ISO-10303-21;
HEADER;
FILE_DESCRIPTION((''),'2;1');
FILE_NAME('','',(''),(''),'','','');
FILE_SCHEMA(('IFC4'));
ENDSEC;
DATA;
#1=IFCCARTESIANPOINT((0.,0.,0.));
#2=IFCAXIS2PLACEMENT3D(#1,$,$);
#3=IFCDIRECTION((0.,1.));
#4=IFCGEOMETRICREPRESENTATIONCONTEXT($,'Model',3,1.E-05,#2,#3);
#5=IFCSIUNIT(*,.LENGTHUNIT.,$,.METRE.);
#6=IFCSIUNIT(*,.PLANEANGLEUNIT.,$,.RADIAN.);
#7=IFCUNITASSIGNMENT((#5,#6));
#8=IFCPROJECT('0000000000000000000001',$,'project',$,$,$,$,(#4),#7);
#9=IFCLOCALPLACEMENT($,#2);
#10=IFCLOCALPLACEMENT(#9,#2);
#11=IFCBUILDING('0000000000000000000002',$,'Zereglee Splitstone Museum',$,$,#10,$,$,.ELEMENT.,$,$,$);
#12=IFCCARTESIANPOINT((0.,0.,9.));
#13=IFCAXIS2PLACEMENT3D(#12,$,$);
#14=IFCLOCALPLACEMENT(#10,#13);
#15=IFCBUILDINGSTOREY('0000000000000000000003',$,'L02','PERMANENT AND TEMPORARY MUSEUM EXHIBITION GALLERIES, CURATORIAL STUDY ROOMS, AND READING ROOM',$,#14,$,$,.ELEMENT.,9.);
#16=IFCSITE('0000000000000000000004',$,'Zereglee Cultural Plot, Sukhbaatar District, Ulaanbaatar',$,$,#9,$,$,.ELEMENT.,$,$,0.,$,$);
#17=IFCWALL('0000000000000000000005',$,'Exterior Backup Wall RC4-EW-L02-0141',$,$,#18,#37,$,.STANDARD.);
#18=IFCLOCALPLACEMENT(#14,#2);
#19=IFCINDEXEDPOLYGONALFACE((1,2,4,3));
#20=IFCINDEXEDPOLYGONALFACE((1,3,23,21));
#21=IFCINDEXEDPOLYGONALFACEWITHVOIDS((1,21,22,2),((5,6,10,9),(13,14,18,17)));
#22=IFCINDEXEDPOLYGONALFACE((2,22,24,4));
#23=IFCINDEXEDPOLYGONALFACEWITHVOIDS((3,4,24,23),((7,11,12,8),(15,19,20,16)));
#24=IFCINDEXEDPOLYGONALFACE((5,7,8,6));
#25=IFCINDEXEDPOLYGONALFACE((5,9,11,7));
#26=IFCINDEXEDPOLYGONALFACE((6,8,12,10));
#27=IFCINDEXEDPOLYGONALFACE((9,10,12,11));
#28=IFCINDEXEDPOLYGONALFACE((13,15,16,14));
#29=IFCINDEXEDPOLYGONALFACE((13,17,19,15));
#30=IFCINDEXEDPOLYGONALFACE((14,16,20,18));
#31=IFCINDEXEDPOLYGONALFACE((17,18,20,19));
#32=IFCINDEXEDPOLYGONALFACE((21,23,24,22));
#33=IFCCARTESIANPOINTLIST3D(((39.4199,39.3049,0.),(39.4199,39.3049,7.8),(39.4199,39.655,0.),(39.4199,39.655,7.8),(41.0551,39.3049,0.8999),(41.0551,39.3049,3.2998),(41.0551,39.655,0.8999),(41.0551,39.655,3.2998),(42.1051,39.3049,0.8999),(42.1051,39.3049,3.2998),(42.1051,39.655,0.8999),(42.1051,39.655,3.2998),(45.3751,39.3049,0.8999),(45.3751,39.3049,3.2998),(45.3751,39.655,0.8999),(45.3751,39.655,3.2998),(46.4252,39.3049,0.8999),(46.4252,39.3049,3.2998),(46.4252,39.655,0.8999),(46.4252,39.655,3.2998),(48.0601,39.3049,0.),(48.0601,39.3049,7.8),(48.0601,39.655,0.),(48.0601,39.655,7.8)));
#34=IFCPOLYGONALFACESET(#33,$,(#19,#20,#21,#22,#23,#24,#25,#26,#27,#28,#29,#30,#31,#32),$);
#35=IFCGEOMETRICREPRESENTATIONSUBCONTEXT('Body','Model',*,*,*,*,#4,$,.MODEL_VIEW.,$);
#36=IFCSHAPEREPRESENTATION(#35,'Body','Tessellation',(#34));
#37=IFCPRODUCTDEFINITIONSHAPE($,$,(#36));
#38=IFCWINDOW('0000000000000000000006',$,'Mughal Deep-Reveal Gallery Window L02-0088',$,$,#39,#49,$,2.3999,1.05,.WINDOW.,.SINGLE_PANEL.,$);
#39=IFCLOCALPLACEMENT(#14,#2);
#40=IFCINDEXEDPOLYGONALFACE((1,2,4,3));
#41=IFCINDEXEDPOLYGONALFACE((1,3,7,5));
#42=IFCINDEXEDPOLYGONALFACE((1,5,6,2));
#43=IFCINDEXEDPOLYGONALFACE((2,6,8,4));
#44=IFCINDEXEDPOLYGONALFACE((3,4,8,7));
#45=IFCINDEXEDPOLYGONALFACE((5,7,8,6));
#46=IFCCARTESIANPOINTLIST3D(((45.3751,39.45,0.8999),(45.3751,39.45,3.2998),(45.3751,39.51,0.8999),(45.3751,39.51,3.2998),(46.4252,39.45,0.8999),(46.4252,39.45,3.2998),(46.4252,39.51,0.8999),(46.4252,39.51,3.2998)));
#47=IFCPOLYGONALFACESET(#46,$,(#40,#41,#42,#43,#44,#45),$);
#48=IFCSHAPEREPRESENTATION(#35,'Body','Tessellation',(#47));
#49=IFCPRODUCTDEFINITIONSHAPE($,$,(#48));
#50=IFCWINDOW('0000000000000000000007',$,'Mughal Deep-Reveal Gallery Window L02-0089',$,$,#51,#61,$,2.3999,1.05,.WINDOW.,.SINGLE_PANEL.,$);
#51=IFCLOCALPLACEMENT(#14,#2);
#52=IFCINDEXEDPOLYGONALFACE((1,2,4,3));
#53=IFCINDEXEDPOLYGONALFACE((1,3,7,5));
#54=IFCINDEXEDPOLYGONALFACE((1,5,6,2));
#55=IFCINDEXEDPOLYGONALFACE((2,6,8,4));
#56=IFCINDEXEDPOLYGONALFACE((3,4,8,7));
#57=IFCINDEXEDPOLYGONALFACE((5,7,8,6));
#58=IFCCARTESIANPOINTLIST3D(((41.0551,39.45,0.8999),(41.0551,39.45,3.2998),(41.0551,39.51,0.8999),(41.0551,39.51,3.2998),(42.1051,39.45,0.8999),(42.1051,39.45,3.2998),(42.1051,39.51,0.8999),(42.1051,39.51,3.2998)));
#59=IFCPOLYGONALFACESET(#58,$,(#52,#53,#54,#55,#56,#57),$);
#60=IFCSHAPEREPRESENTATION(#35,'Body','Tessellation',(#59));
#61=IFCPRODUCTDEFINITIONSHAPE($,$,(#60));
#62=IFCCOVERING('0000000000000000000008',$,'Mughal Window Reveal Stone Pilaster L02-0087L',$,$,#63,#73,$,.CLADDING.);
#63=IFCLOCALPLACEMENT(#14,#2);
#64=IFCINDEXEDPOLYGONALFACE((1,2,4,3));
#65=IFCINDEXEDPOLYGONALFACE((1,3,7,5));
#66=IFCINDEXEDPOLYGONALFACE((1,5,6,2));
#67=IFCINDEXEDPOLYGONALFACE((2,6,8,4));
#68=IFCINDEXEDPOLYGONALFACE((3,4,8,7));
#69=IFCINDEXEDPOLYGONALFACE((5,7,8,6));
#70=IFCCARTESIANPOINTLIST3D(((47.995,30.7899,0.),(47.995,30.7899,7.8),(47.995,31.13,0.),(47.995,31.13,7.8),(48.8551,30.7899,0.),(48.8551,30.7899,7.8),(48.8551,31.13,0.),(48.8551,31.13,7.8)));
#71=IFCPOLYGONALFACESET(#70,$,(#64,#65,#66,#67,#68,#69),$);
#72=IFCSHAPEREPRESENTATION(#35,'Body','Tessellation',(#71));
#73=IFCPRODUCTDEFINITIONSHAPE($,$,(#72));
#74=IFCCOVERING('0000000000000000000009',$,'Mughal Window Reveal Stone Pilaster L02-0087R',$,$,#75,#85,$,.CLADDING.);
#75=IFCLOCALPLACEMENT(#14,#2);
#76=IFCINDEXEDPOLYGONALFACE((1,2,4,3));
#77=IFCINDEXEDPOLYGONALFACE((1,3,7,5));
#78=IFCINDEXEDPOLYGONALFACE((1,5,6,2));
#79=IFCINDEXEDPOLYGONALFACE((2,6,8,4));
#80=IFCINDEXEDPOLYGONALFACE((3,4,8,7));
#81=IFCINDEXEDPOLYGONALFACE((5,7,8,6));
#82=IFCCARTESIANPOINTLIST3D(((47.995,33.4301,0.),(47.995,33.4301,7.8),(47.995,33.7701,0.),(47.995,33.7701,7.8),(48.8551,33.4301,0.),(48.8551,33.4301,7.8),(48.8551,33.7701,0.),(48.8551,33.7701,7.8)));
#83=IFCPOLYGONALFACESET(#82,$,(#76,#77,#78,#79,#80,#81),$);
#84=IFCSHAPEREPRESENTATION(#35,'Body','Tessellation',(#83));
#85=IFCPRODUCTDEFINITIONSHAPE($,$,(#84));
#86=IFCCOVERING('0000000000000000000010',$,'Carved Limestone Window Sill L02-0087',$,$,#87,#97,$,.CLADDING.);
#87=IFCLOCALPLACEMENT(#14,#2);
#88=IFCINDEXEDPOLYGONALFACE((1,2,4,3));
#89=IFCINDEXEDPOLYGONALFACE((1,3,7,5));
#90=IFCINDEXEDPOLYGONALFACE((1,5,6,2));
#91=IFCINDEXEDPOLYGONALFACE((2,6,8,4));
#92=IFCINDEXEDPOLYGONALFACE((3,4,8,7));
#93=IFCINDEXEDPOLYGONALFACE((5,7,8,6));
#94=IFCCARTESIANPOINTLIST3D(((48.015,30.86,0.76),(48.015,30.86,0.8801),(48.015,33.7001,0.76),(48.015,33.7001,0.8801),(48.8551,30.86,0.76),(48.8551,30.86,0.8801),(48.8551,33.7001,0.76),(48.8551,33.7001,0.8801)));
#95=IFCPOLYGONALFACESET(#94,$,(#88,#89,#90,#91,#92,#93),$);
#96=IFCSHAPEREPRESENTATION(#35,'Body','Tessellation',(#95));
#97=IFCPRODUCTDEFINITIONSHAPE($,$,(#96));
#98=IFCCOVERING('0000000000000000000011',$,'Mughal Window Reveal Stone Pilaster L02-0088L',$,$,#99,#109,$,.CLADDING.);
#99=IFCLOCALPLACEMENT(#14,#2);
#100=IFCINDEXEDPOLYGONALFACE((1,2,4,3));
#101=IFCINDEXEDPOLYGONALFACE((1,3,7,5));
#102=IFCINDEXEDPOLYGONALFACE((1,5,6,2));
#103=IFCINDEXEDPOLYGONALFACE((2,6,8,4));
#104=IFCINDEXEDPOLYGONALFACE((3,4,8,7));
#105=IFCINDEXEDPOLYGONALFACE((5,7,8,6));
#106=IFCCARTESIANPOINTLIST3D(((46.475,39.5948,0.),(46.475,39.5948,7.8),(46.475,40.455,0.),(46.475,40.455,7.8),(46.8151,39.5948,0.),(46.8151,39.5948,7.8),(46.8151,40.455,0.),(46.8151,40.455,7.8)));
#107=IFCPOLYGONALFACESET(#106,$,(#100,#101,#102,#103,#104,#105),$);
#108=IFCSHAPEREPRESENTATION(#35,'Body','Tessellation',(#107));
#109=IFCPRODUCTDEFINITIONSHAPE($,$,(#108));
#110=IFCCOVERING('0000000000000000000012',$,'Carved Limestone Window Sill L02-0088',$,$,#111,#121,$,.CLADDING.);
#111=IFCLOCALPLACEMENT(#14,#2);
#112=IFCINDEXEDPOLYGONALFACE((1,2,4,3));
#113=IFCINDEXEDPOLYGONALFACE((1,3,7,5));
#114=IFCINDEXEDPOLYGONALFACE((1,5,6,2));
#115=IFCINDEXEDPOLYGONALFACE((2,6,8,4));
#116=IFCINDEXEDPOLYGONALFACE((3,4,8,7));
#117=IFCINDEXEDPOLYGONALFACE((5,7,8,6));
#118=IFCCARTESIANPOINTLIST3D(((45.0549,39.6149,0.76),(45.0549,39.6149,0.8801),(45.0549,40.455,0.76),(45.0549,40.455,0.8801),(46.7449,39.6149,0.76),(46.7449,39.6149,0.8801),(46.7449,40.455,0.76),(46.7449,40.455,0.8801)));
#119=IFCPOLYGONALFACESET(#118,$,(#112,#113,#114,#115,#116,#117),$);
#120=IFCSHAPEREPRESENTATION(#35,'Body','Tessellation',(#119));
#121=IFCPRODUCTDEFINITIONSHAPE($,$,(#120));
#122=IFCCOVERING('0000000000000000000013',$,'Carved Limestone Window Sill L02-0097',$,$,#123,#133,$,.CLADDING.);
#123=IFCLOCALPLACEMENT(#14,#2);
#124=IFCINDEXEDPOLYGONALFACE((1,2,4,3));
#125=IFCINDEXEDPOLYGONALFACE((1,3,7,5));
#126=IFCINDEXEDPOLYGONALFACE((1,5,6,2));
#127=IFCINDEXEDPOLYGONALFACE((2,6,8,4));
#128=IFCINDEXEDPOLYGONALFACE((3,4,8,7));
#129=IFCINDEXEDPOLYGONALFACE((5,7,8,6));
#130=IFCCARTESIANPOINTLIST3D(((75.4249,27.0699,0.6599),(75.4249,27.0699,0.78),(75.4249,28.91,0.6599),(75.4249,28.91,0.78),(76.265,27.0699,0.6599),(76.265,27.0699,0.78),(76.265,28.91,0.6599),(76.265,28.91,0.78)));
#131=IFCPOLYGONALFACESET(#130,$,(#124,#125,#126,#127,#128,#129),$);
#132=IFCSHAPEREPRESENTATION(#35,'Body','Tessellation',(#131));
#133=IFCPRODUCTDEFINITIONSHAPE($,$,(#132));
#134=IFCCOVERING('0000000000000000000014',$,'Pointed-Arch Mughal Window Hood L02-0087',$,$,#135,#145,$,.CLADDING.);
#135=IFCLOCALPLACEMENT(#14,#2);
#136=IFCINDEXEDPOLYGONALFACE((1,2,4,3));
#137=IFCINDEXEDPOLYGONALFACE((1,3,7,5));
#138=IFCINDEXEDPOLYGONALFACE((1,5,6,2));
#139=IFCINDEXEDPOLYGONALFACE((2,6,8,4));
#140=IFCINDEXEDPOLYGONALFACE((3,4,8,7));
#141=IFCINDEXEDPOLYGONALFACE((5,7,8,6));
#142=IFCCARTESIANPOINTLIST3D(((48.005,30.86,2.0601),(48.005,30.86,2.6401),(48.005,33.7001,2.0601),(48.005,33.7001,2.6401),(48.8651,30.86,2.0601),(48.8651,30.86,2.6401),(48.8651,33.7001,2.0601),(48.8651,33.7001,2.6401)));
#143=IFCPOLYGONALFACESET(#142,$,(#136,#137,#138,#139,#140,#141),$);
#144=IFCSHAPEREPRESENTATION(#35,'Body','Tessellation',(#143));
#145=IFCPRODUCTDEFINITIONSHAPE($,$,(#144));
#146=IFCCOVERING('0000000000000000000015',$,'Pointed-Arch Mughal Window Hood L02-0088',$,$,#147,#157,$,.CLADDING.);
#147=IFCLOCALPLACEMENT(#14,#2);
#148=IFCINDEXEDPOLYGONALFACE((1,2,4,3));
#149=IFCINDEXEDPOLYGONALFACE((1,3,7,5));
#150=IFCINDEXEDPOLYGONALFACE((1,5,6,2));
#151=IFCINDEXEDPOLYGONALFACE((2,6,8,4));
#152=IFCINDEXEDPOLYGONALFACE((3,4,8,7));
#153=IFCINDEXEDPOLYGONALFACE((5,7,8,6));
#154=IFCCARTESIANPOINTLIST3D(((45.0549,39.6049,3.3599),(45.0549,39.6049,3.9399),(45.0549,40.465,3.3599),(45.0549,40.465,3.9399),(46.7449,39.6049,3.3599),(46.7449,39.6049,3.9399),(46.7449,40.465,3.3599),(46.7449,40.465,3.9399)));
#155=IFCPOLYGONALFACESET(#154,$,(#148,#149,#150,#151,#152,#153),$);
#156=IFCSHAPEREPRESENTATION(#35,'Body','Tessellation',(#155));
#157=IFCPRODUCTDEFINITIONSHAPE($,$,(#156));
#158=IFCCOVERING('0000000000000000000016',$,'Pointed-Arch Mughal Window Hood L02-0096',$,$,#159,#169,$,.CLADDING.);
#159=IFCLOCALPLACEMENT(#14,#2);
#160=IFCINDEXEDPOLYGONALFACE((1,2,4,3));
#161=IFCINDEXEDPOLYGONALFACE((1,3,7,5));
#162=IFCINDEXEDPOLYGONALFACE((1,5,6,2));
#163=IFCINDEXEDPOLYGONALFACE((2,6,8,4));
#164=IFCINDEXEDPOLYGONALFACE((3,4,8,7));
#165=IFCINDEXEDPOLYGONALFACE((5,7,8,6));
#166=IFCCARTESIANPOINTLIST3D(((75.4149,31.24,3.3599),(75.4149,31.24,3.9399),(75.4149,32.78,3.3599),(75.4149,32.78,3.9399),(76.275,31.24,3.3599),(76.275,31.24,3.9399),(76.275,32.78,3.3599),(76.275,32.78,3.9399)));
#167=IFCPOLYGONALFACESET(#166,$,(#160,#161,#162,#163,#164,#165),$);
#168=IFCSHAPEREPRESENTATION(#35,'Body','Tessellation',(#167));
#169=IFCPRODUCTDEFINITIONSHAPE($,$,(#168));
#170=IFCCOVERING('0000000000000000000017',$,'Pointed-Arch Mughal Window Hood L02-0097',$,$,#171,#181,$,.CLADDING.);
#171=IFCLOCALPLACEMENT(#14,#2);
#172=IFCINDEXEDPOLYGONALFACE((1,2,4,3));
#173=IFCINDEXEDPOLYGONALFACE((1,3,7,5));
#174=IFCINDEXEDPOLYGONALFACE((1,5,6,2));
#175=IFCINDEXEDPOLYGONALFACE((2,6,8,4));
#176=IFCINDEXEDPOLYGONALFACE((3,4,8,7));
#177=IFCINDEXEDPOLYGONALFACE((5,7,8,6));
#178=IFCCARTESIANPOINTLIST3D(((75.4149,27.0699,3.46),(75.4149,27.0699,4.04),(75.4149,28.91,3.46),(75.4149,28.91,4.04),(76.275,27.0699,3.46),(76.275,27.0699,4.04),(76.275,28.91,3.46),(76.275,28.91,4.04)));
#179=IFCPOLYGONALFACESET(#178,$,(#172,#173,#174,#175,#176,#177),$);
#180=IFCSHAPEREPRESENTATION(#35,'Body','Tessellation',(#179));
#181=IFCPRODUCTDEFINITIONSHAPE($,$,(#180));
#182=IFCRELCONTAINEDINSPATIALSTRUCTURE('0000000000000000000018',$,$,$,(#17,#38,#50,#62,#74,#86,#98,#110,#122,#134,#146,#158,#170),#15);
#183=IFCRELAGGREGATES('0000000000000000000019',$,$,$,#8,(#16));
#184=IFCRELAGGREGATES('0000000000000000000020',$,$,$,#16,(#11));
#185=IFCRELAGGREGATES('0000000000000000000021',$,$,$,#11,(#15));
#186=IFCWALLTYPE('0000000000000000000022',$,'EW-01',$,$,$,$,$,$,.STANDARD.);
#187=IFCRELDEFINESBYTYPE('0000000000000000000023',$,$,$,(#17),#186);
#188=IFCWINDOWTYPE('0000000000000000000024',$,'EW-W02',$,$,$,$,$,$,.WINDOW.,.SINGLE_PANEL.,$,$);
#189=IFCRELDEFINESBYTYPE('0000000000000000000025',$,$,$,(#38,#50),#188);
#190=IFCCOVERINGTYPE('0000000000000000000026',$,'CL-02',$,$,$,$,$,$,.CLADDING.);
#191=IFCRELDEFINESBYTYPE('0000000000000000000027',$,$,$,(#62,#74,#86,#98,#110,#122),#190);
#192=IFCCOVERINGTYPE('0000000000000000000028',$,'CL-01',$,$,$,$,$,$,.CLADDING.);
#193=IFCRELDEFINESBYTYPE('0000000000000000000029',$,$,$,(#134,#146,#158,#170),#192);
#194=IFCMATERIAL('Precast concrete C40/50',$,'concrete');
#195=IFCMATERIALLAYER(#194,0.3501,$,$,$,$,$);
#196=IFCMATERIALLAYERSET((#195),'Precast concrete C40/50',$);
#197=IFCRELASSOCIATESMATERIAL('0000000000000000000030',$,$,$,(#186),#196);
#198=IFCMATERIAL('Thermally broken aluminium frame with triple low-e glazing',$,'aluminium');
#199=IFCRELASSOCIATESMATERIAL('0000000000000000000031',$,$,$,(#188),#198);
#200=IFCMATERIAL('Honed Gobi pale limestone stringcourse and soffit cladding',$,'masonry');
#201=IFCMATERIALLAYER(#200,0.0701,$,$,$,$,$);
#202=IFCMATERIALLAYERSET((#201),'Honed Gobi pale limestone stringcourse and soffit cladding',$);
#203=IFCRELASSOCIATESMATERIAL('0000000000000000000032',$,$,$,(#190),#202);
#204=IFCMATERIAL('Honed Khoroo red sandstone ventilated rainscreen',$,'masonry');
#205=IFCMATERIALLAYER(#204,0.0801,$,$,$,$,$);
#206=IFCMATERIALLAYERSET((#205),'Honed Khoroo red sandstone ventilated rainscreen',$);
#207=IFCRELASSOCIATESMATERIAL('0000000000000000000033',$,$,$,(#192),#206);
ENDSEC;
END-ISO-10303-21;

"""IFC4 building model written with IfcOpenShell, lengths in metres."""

from ifc_helpers import new_model, si_unit, direction, frame, frame_2d, origin, origin_2d, place, context, subcontext, project, spatial, rectangle, extrude, material, layer, layer_set, type_object, element, fill, save


model = new_model("IFC4")

# Units and contexts
model_context = context("Model", 3, precision=1e-05, world=origin(), true_north=direction((0.0, 1.0)))
body_context = subcontext(model_context, "Body", "Model", "MODEL_VIEW")
ifc_project = project(units=[si_unit("LENGTHUNIT", "METRE"), si_unit("PLANEANGLEUNIT", "RADIAN")], contexts=[model_context])

# Site, building, storey
site_placement = place(None, origin())
site = spatial("IfcSite", under=ifc_project, at=site_placement, Name="Zereglee Cultural Plot, Sukhbaatar District, Ulaanbaatar", CompositionType="ELEMENT", RefElevation=0.0)
building_placement = place(site_placement, origin())
building = spatial("IfcBuilding", under=site, at=building_placement, Name="Zereglee Splitstone Museum", CompositionType="ELEMENT")
storey_placement = place(building_placement, frame((0.0, 0.0, 9.0)))
storey = spatial("IfcBuildingStorey", under=building, at=storey_placement, Name="L02", Description="PERMANENT AND TEMPORARY MUSEUM EXHIBITION GALLERIES, CURATORIAL STUDY ROOMS, AND READING ROOM", CompositionType="ELEMENT", Elevation=9.0)

# Shared definitions
ifc_material_1 = material(Name="Precast concrete C40/50", Category="concrete")
ifc_layer_1 = layer(ifc_material_1, 0.3501)
ifc_layer_set_1 = layer_set([ifc_layer_1], Name="Precast concrete C40/50")
wall_type = type_object("IfcWallType", Name="EW-01", PredefinedType="STANDARD", material=ifc_layer_set_1)
ifc_material_2 = material(Name="Thermally broken aluminium frame with triple low-e glazing", Category="aluminium")

# Wall, openings, windows
wall_1_placement = place(storey_placement, frame((48.0601, 39.48, 0.0), z_axis=(0.0, 0.0, 1.0), x_axis=(-1.0, 0.0, 0.0)))
wall_1 = element("IfcWall", 1, at=wall_1_placement, inside=storey, type_object=wall_type, Name="Exterior Backup Wall RC4-EW-L02-0141", PredefinedType="STANDARD", context=body_context, shape_type="SweptSolid", body=[
    extrude(rectangle(XDim=8.6401, YDim=0.3501, at=frame_2d((4.3201, 0.0))), origin(), (0.0, 0.0, 1.0), 7.8),
])
opening_1_placement = place(wall_1_placement, frame((1.635, 0.0, 0.8999)))
opening_1 = element("IfcOpeningElement", 2, at=opening_1_placement, cuts=wall_1, PredefinedType="OPENING", context=body_context, shape_type="SweptSolid", body=[
    extrude(rectangle(XDim=1.05, YDim=2.3999, at=frame_2d((0.5249, 1.2))), frame((0.0, 0.1899, 0.0), z_axis=(0.0, -1.0, 0.0), x_axis=(1.0, 0.0, 0.0)), (0.0, 0.0, 1.0), 0.3799),
])
opening_2_placement = place(wall_1_placement, frame((5.9551, 0.0, 0.8999)))
opening_2 = element("IfcOpeningElement", 3, at=opening_2_placement, cuts=wall_1, PredefinedType="OPENING", context=body_context, shape_type="SweptSolid", body=[
    extrude(rectangle(XDim=1.05, YDim=2.3999, at=frame_2d((0.5249, 1.2))), frame((0.0, 0.1899, 0.0), z_axis=(0.0, -1.0, 0.0), x_axis=(1.0, 0.0, 0.0)), (0.0, 0.0, 1.0), 0.3799),
])
window_type_1 = type_object("IfcWindowType", Name="EW-W02", PartitioningType="SINGLE_PANEL", PredefinedType="WINDOW", material=ifc_material_2)
window_1_placement = place(opening_1_placement, origin())
window_1 = element("IfcWindow", 4, at=window_1_placement, inside=storey, type_object=window_type_1, Name="Mughal Deep-Reveal Gallery Window L02-0088", OverallHeight=2.3999, OverallWidth=1.05, PartitioningType="SINGLE_PANEL", PredefinedType="WINDOW", context=body_context, shape_type="SweptSolid", body=[
    extrude(rectangle(XDim=1.05, YDim=2.3999, at=frame_2d((0.5249, 1.2))), frame((0.0, 0.03, 0.0), z_axis=(0.0, -1.0, 0.0), x_axis=(1.0, 0.0, 0.0)), (0.0, 0.0, 1.0), 0.0601),
])
fill(opening_1, window_1)
window_2_placement = place(opening_2_placement, origin())
window_2 = element("IfcWindow", 5, at=window_2_placement, inside=storey, type_object=window_type_1, Name="Mughal Deep-Reveal Gallery Window L02-0089", OverallHeight=2.3999, OverallWidth=1.05, PartitioningType="SINGLE_PANEL", PredefinedType="WINDOW", context=body_context, shape_type="SweptSolid", body=[
    extrude(rectangle(XDim=1.05, YDim=2.3999, at=frame_2d((0.5249, 1.2))), frame((0.0, 0.03, 0.0), z_axis=(0.0, -1.0, 0.0), x_axis=(1.0, 0.0, 0.0)), (0.0, 0.0, 1.0), 0.0601),
])
fill(opening_2, window_2)

# Coverings
ifc_material_3 = material(Name="Honed Gobi pale limestone stringcourse and soffit cladding", Category="masonry")
ifc_layer_2 = layer(ifc_material_3, 0.0701)
ifc_layer_set_2 = layer_set([ifc_layer_2], Name="Honed Gobi pale limestone stringcourse and soffit cladding")
covering_type_1 = type_object("IfcCoveringType", Name="CL-02", PredefinedType="CLADDING", material=ifc_layer_set_2)
for number, where, z_axis, x_axis, name in (
    (6, (48.425, 30.96, 0.0), (0.0, 0.0, 1.0), (0.0, 1.0, 0.0), "Mughal Window Reveal Stone Pilaster L02-0087L"),
    (7, (48.425, 33.6001, 0.0), (0.0, 0.0, 1.0), (0.0, 1.0, 0.0), "Mughal Window Reveal Stone Pilaster L02-0087R"),
):
    element("IfcCovering", number, at=place(storey_placement, frame(where, z_axis=z_axis, x_axis=x_axis)), inside=storey, type_object=covering_type_1, Name=name, PredefinedType="CLADDING", context=body_context, shape_type="SweptSolid", body=[
        extrude(rectangle(XDim=0.3401, YDim=0.8601, at=origin_2d()), origin(), (0.0, 0.0, 1.0), 7.8),
    ])
covering_1_placement = place(storey_placement, frame((48.4351, 32.28, 0.76), z_axis=(0.0, 0.0, 1.0), x_axis=(0.0, 1.0, 0.0)))
element("IfcCovering", 8, at=covering_1_placement, inside=storey, type_object=covering_type_1, Name="Carved Limestone Window Sill L02-0087", PredefinedType="CLADDING", context=body_context, shape_type="SweptSolid", body=[
    extrude(rectangle(XDim=2.8401, YDim=0.8401, at=origin_2d()), origin(), (0.0, 0.0, 1.0), 0.1201),
])
covering_2_placement = place(storey_placement, frame((46.645, 40.0249, 0.0), z_axis=(0.0, 0.0, 1.0), x_axis=(-1.0, 0.0, 0.0)))
element("IfcCovering", 9, at=covering_2_placement, inside=storey, type_object=covering_type_1, Name="Mughal Window Reveal Stone Pilaster L02-0088L", PredefinedType="CLADDING", context=body_context, shape_type="SweptSolid", body=[
    extrude(rectangle(XDim=0.3401, YDim=0.8601, at=origin_2d()), origin(), (0.0, 0.0, 1.0), 7.8),
])
covering_3_placement = place(storey_placement, frame((45.8999, 40.0349, 0.76), z_axis=(0.0, 0.0, 1.0), x_axis=(-1.0, 0.0, 0.0)))
element("IfcCovering", 10, at=covering_3_placement, inside=storey, type_object=covering_type_1, Name="Carved Limestone Window Sill L02-0088", PredefinedType="CLADDING", context=body_context, shape_type="SweptSolid", body=[
    extrude(rectangle(XDim=1.6899, YDim=0.8401, at=origin_2d()), origin(), (0.0, 0.0, 1.0), 0.1201),
])
covering_4_placement = place(storey_placement, frame((75.845, 27.99, 0.6599), z_axis=(0.0, 0.0, 1.0), x_axis=(0.0, -1.0, 0.0)))
element("IfcCovering", 11, at=covering_4_placement, inside=storey, type_object=covering_type_1, Name="Carved Limestone Window Sill L02-0097", PredefinedType="CLADDING", context=body_context, shape_type="SweptSolid", body=[
    extrude(rectangle(XDim=1.8401, YDim=0.8401, at=origin_2d()), origin(), (0.0, 0.0, 1.0), 0.1201),
])
ifc_material_4 = material(Name="Honed Khoroo red sandstone ventilated rainscreen", Category="masonry")
ifc_layer_3 = layer(ifc_material_4, 0.0801)
ifc_layer_set_3 = layer_set([ifc_layer_3], Name="Honed Khoroo red sandstone ventilated rainscreen")
covering_type_2 = type_object("IfcCoveringType", Name="CL-01", PredefinedType="CLADDING", material=ifc_layer_set_3)
covering_5_placement = place(storey_placement, frame((48.4351, 32.28, 2.0601), z_axis=(0.0, 0.0, 1.0), x_axis=(0.0, 1.0, 0.0)))
element("IfcCovering", 12, at=covering_5_placement, inside=storey, type_object=covering_type_2, Name="Pointed-Arch Mughal Window Hood L02-0087", PredefinedType="CLADDING", context=body_context, shape_type="SweptSolid", body=[
    extrude(rectangle(XDim=2.8401, YDim=0.8601, at=origin_2d()), origin(), (0.0, 0.0, 1.0), 0.5801),
])
covering_6_placement = place(storey_placement, frame((45.8999, 40.0349, 3.3599), z_axis=(0.0, 0.0, 1.0), x_axis=(-1.0, 0.0, 0.0)))
element("IfcCovering", 13, at=covering_6_placement, inside=storey, type_object=covering_type_2, Name="Pointed-Arch Mughal Window Hood L02-0088", PredefinedType="CLADDING", context=body_context, shape_type="SweptSolid", body=[
    extrude(rectangle(XDim=1.6899, YDim=0.8601, at=origin_2d()), origin(), (0.0, 0.0, 1.0), 0.5801),
])
covering_7_placement = place(storey_placement, frame((75.845, 32.01, 3.3599), z_axis=(0.0, 0.0, 1.0), x_axis=(0.0, -1.0, 0.0)))
element("IfcCovering", 14, at=covering_7_placement, inside=storey, type_object=covering_type_2, Name="Pointed-Arch Mughal Window Hood L02-0096", PredefinedType="CLADDING", context=body_context, shape_type="SweptSolid", body=[
    extrude(rectangle(XDim=1.54, YDim=0.8601, at=origin_2d()), origin(), (0.0, 0.0, 1.0), 0.5801),
])
covering_8_placement = place(storey_placement, frame((75.845, 27.99, 3.46), z_axis=(0.0, 0.0, 1.0), x_axis=(0.0, -1.0, 0.0)))
element("IfcCovering", 15, at=covering_8_placement, inside=storey, type_object=covering_type_2, Name="Pointed-Arch Mughal Window Hood L02-0097", PredefinedType="CLADDING", context=body_context, shape_type="SweptSolid", body=[
    extrude(rectangle(XDim=1.8401, YDim=0.8601, at=origin_2d()), origin(), (0.0, 0.0, 1.0), 0.5801),
])

save(model, "model.ifc")
